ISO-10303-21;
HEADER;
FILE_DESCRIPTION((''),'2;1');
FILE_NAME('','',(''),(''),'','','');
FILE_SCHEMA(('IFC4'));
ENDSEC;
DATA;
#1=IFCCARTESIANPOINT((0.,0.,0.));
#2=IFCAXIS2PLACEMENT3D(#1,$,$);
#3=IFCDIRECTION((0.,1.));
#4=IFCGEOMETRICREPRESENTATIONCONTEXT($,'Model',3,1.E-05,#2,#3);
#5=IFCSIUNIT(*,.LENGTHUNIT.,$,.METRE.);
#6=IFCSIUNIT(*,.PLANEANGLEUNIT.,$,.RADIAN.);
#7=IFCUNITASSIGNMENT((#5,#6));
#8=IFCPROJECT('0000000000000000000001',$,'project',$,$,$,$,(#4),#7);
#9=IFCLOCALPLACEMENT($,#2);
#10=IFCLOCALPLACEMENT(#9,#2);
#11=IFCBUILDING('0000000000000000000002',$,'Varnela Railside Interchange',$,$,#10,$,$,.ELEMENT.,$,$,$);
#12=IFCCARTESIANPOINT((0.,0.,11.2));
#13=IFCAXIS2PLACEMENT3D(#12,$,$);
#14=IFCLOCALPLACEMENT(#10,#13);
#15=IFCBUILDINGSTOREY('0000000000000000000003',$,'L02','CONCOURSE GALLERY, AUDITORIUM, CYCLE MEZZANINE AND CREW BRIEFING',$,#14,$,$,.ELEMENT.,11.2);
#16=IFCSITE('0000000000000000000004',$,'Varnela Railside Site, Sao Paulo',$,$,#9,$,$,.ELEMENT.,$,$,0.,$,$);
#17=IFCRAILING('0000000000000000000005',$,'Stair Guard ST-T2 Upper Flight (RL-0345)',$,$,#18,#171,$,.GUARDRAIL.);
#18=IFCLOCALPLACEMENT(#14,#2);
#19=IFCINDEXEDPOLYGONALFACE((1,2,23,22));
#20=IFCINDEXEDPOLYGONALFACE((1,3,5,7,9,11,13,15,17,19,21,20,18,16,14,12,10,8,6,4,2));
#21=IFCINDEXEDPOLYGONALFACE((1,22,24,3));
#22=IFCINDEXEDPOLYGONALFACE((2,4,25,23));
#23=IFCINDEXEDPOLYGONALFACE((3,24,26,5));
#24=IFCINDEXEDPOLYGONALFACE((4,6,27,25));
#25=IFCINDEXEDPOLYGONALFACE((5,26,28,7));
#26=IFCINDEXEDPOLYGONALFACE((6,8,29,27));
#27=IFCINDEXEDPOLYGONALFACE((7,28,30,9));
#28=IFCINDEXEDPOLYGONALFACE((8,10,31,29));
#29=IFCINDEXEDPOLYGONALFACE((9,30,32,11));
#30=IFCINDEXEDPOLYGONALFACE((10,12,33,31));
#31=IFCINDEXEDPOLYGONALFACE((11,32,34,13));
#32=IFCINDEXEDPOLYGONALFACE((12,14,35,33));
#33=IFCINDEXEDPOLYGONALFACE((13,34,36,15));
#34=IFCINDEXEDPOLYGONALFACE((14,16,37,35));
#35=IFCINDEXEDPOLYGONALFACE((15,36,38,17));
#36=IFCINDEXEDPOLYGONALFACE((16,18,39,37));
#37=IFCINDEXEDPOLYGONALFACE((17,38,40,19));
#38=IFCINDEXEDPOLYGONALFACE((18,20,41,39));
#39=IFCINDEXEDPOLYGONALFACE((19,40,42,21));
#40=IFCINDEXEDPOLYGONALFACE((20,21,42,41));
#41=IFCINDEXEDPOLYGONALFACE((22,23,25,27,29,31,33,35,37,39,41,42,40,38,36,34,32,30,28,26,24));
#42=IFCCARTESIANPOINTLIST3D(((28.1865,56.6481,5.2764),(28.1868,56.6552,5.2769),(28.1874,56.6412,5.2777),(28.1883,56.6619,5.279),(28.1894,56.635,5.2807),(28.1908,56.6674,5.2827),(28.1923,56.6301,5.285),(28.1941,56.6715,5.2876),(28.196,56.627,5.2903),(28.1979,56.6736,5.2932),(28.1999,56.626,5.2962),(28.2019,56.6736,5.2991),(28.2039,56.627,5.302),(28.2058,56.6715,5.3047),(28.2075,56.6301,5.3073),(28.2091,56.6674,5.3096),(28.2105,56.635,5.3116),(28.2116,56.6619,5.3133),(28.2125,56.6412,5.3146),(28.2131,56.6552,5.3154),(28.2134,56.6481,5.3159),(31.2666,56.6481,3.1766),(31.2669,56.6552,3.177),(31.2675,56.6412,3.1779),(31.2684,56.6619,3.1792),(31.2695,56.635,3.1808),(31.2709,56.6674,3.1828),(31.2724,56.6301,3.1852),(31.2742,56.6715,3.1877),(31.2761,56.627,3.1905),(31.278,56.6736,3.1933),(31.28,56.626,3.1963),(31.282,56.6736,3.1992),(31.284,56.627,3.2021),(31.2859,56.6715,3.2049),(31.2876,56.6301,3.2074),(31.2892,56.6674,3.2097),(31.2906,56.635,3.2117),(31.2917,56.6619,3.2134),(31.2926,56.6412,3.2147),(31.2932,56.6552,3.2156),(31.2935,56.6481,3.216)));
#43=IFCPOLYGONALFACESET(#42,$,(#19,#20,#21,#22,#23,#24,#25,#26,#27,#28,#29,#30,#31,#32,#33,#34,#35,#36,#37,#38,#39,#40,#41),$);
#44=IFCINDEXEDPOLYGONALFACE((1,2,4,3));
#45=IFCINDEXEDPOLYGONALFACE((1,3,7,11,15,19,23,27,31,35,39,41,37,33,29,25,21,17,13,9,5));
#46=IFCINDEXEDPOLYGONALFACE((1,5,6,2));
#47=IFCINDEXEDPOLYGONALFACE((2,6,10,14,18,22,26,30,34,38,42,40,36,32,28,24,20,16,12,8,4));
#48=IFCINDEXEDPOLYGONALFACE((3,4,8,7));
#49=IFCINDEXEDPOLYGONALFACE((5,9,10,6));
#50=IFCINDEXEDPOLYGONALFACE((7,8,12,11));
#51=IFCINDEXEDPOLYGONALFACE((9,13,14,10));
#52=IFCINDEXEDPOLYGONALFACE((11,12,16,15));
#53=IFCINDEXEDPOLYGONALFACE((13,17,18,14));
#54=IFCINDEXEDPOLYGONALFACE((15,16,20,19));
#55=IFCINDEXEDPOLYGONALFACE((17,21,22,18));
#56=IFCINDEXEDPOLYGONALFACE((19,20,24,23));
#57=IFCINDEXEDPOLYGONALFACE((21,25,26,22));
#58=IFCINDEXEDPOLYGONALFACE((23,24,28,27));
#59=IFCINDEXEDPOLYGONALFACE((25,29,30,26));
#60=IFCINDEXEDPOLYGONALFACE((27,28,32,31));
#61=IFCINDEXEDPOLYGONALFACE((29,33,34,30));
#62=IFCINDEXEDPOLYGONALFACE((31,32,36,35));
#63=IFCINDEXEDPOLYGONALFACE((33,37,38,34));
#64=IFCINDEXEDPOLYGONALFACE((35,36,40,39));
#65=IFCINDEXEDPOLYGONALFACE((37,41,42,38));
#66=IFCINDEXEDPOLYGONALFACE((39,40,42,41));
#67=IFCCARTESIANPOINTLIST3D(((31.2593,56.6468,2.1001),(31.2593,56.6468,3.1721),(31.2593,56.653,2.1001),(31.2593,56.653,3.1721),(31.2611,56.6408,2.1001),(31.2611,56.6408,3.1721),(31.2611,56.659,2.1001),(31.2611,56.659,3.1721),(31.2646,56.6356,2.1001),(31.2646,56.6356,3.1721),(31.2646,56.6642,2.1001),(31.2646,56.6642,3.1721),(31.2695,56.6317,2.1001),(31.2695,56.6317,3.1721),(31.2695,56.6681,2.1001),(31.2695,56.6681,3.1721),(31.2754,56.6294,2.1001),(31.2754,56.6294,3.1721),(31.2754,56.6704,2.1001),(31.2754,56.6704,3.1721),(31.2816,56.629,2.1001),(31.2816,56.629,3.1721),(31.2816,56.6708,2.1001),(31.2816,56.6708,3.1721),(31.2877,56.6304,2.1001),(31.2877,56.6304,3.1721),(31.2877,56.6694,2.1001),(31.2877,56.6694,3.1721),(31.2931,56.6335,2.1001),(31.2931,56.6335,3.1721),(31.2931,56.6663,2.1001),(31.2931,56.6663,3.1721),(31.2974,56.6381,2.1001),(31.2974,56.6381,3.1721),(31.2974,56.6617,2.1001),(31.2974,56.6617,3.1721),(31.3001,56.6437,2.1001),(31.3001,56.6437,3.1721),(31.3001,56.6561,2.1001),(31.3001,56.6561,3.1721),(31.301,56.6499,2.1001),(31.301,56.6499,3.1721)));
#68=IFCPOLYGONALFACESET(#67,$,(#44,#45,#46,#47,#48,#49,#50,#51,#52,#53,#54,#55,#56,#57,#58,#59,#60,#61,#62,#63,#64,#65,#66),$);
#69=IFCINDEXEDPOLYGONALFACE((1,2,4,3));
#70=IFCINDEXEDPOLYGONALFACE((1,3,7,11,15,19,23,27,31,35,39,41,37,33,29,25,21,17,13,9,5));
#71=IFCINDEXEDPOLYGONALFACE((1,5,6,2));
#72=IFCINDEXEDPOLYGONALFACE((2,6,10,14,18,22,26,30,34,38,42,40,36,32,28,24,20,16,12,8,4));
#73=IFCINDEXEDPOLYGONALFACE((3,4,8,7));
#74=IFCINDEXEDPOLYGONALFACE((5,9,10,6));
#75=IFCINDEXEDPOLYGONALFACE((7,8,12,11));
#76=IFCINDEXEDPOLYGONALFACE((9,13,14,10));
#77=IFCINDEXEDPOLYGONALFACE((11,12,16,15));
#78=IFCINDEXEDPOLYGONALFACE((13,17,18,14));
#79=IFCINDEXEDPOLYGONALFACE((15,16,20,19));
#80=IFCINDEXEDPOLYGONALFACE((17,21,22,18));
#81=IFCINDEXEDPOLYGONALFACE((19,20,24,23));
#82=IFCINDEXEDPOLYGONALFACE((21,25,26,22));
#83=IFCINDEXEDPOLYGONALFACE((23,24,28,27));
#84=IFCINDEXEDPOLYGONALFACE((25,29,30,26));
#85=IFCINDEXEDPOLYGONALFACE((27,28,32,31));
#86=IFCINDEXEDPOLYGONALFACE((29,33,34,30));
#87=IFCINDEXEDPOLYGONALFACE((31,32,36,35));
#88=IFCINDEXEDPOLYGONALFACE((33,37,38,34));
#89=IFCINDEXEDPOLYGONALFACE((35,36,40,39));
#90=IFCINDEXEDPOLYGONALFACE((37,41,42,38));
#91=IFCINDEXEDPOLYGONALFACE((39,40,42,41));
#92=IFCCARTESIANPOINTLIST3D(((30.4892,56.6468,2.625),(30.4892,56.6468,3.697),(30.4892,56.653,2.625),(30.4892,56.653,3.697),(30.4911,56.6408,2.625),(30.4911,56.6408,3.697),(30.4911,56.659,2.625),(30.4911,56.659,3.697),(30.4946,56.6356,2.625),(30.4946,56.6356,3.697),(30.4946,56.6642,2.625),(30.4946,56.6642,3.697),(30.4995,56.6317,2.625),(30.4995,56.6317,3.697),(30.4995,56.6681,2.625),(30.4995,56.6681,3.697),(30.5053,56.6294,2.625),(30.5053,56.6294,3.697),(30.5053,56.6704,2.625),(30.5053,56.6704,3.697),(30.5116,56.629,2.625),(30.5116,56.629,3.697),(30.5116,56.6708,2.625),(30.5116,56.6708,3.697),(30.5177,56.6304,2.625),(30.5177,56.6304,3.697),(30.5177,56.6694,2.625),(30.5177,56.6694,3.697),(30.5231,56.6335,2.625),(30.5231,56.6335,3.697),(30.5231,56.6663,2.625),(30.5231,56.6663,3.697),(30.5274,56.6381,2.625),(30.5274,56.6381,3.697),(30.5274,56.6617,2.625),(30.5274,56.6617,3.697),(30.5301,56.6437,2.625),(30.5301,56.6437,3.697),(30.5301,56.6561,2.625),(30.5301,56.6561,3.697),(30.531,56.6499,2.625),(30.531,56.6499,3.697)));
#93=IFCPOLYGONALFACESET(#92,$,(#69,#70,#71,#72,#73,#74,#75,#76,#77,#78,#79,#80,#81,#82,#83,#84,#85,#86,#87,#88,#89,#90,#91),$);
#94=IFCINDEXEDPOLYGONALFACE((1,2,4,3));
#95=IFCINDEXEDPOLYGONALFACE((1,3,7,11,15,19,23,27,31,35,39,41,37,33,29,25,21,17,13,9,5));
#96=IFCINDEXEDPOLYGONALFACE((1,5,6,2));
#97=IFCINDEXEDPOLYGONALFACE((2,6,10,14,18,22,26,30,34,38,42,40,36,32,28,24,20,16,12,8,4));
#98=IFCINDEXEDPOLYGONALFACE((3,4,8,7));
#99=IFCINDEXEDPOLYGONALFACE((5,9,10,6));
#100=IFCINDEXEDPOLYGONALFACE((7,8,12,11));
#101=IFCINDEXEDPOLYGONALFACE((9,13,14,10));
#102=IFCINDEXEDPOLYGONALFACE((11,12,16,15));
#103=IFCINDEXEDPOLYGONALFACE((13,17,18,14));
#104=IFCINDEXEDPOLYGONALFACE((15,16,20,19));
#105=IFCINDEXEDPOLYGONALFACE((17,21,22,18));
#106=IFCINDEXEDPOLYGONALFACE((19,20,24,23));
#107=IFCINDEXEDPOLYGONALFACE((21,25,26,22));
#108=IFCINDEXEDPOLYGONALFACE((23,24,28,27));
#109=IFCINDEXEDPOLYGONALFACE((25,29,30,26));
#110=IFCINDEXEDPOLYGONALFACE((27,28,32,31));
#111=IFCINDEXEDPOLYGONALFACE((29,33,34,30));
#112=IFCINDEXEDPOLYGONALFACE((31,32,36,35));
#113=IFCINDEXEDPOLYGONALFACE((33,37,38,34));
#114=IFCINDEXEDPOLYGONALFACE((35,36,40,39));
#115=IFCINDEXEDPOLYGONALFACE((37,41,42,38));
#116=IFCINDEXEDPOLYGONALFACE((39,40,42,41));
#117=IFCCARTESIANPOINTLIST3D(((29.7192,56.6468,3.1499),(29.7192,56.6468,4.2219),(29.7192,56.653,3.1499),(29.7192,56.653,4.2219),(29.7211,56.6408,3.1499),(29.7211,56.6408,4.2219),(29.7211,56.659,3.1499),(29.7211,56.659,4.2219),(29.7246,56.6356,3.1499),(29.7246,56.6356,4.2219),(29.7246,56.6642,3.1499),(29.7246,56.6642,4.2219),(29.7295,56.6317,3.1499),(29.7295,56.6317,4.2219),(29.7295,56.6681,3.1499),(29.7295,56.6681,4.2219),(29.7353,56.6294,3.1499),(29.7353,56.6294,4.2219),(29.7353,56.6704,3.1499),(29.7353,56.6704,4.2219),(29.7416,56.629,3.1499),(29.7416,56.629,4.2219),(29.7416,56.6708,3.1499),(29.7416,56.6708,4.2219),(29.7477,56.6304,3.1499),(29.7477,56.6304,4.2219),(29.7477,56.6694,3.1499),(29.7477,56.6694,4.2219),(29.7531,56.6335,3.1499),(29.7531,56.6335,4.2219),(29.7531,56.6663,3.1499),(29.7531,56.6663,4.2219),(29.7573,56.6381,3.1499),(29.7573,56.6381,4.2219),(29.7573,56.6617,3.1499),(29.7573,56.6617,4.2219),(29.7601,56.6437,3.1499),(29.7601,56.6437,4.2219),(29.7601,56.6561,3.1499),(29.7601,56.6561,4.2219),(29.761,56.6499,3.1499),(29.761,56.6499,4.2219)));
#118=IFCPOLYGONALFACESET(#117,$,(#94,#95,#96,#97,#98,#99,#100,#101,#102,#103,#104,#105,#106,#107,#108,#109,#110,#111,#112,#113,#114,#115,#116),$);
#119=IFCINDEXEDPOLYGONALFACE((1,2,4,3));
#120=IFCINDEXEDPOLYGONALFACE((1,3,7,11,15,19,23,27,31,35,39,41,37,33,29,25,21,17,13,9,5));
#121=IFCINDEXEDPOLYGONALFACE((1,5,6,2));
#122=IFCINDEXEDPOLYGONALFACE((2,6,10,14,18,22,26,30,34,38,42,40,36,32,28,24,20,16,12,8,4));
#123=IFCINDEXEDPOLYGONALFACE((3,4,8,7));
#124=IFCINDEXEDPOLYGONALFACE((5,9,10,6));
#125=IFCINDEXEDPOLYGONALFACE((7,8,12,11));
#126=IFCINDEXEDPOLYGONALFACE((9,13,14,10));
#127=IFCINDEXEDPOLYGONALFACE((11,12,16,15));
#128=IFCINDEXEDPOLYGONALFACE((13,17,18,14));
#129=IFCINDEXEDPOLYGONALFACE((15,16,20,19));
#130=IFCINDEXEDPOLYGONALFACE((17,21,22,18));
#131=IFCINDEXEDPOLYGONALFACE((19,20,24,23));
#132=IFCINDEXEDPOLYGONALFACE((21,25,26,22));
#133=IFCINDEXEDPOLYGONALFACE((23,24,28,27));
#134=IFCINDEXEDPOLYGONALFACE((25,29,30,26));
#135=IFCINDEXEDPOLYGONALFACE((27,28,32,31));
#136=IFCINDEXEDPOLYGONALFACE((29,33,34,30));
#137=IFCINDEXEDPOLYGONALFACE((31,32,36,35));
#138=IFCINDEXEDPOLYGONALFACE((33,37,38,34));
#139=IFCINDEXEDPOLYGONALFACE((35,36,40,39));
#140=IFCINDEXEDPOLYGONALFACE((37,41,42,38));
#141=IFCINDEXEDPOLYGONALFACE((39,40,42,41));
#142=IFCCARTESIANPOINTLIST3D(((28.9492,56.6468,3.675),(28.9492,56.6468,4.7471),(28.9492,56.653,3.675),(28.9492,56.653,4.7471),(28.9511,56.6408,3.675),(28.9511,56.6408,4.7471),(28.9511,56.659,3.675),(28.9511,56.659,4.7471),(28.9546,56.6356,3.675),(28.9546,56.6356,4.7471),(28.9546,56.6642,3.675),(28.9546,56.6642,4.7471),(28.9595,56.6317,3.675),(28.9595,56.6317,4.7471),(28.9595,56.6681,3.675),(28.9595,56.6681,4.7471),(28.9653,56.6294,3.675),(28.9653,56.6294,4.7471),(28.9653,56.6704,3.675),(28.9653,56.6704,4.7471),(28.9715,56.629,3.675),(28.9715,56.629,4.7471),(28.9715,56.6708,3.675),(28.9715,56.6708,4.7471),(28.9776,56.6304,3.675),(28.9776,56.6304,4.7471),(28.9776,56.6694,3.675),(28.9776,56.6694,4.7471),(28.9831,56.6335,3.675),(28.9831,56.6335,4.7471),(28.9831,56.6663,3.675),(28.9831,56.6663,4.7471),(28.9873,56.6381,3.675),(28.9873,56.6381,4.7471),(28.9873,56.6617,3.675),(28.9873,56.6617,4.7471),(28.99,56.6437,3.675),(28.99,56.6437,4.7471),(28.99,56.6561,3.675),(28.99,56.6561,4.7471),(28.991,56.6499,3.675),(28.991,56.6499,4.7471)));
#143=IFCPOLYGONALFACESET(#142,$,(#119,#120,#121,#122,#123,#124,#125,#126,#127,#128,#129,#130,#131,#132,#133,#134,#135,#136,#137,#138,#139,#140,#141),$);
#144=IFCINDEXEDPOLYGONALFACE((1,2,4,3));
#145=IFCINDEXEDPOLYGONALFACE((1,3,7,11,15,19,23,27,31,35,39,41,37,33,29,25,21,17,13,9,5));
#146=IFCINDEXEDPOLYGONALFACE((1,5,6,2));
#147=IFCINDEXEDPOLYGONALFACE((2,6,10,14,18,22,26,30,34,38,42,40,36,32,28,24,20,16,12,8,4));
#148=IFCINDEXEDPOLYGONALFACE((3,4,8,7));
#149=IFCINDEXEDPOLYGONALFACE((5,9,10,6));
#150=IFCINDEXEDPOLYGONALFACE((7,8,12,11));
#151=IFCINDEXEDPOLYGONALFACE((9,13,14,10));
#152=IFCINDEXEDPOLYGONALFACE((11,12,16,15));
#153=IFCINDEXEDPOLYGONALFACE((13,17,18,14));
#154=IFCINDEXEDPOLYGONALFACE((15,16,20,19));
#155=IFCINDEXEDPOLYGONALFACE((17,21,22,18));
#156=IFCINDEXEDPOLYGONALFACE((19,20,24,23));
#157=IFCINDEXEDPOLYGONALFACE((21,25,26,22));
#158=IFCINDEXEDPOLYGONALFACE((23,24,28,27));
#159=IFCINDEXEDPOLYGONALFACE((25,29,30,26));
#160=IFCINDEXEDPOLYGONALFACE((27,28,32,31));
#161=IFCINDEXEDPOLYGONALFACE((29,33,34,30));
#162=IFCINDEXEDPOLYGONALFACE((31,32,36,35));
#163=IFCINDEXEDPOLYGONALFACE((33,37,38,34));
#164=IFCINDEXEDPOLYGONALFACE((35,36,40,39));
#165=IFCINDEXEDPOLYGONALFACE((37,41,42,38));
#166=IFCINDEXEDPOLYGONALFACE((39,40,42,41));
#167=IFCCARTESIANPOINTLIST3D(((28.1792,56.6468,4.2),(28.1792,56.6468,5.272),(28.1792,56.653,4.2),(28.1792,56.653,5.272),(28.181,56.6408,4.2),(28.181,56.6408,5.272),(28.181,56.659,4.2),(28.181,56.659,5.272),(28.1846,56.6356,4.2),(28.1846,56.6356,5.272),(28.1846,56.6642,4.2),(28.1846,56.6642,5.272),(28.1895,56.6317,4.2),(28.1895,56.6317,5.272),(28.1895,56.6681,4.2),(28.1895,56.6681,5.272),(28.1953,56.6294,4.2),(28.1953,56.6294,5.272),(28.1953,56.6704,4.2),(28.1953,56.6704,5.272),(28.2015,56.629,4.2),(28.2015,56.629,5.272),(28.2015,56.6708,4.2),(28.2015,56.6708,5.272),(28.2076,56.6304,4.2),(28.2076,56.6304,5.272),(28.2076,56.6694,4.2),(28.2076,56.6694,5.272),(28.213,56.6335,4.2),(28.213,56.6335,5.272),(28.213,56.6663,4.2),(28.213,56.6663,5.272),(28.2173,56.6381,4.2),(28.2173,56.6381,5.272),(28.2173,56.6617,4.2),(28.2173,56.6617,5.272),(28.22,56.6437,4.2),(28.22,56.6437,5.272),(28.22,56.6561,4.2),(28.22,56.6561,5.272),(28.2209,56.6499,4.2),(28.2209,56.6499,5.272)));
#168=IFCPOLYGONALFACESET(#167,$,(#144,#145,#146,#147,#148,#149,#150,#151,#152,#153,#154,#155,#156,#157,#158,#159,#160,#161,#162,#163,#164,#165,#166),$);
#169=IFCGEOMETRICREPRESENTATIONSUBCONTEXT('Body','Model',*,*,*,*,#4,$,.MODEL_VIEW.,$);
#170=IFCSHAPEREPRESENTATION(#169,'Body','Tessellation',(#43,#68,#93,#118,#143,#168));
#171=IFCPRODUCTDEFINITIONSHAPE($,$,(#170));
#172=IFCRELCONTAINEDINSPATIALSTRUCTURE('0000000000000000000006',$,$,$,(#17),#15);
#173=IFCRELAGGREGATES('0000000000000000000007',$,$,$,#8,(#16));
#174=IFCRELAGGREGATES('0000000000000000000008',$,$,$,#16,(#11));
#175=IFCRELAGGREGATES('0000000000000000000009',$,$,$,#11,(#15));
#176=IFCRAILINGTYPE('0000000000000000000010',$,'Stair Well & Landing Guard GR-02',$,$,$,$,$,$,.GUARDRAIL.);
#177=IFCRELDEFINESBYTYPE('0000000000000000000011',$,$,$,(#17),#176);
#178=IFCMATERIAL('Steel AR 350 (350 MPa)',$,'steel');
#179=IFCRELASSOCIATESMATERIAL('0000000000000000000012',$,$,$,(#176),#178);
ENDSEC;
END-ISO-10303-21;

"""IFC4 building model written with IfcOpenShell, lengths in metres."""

from ifc_helpers import new_model, si_unit, direction, frame, origin, origin_2d, place, context, subcontext, project, spatial, circle, extrude, material, type_object, element, save


model = new_model("IFC4")

# Units and contexts
model_context = context("Model", 3, precision=1e-05, world=origin(), true_north=direction((0.0, 1.0)))
body_context = subcontext(model_context, "Body", "Model", "MODEL_VIEW")
ifc_project = project(units=[si_unit("LENGTHUNIT", "METRE"), si_unit("PLANEANGLEUNIT", "RADIAN")], contexts=[model_context])

# Site, building, storey
site_placement = place(None, origin())
site = spatial("IfcSite", under=ifc_project, at=site_placement, Name="Varnela Railside Site, Sao Paulo", CompositionType="ELEMENT", RefElevation=0.0)
building_placement = place(site_placement, origin())
building = spatial("IfcBuilding", under=site, at=building_placement, Name="Varnela Railside Interchange", CompositionType="ELEMENT")
storey_placement = place(building_placement, frame((0.0, 0.0, 11.2)))
storey = spatial("IfcBuildingStorey", under=building, at=storey_placement, Name="L02", Description="CONCOURSE GALLERY, AUDITORIUM, CYCLE MEZZANINE AND CREW BRIEFING", CompositionType="ELEMENT", Elevation=11.2)

# Shared definitions
ifc_material_1 = material(Name="Steel AR 350 (350 MPa)", Category="steel")

# Railing
railing_type_1 = type_object("IfcRailingType", Name="Stair Well & Landing Guard GR-02", PredefinedType="GUARDRAIL", material=ifc_material_1)
railing_1_placement = place(storey_placement, frame((31.28, 56.6499, 2.1001)))
element("IfcRailing", 1, at=railing_1_placement, inside=storey, type_object=railing_type_1, Name="Stair Guard ST-T2 Upper Flight (RL-0345)", PredefinedType="GUARDRAIL", context=body_context, shape_type="SweptSolid", body=[
    extrude(circle(Radius=0.0239, at=origin_2d()), frame((0.0, 0.0, 1.0962), z_axis=(-0.826252, 0.0, 0.5633), x_axis=(0.0, -1.0, 0.0)), (0.0, 0.0, 1.0), 3.7278),
    extrude(circle(Radius=0.021, at=origin_2d()), origin(), (0.0, 0.0, 1.0), 1.072),
    extrude(circle(Radius=0.021, at=origin_2d()), frame((-0.77, 0.0, 0.5249)), (0.0, 0.0, 1.0), 1.072),
    extrude(circle(Radius=0.021, at=origin_2d()), frame((-1.54, 0.0, 1.0498)), (0.0, 0.0, 1.0), 1.072),
    extrude(circle(Radius=0.021, at=origin_2d()), frame((-2.3101, 0.0, 1.575)), (0.0, 0.0, 1.0), 1.072),
    extrude(circle(Radius=0.021, at=origin_2d()), frame((-3.0801, 0.0, 2.0999)), (0.0, 0.0, 1.0), 1.072),
])

save(model, "model.ifc")
